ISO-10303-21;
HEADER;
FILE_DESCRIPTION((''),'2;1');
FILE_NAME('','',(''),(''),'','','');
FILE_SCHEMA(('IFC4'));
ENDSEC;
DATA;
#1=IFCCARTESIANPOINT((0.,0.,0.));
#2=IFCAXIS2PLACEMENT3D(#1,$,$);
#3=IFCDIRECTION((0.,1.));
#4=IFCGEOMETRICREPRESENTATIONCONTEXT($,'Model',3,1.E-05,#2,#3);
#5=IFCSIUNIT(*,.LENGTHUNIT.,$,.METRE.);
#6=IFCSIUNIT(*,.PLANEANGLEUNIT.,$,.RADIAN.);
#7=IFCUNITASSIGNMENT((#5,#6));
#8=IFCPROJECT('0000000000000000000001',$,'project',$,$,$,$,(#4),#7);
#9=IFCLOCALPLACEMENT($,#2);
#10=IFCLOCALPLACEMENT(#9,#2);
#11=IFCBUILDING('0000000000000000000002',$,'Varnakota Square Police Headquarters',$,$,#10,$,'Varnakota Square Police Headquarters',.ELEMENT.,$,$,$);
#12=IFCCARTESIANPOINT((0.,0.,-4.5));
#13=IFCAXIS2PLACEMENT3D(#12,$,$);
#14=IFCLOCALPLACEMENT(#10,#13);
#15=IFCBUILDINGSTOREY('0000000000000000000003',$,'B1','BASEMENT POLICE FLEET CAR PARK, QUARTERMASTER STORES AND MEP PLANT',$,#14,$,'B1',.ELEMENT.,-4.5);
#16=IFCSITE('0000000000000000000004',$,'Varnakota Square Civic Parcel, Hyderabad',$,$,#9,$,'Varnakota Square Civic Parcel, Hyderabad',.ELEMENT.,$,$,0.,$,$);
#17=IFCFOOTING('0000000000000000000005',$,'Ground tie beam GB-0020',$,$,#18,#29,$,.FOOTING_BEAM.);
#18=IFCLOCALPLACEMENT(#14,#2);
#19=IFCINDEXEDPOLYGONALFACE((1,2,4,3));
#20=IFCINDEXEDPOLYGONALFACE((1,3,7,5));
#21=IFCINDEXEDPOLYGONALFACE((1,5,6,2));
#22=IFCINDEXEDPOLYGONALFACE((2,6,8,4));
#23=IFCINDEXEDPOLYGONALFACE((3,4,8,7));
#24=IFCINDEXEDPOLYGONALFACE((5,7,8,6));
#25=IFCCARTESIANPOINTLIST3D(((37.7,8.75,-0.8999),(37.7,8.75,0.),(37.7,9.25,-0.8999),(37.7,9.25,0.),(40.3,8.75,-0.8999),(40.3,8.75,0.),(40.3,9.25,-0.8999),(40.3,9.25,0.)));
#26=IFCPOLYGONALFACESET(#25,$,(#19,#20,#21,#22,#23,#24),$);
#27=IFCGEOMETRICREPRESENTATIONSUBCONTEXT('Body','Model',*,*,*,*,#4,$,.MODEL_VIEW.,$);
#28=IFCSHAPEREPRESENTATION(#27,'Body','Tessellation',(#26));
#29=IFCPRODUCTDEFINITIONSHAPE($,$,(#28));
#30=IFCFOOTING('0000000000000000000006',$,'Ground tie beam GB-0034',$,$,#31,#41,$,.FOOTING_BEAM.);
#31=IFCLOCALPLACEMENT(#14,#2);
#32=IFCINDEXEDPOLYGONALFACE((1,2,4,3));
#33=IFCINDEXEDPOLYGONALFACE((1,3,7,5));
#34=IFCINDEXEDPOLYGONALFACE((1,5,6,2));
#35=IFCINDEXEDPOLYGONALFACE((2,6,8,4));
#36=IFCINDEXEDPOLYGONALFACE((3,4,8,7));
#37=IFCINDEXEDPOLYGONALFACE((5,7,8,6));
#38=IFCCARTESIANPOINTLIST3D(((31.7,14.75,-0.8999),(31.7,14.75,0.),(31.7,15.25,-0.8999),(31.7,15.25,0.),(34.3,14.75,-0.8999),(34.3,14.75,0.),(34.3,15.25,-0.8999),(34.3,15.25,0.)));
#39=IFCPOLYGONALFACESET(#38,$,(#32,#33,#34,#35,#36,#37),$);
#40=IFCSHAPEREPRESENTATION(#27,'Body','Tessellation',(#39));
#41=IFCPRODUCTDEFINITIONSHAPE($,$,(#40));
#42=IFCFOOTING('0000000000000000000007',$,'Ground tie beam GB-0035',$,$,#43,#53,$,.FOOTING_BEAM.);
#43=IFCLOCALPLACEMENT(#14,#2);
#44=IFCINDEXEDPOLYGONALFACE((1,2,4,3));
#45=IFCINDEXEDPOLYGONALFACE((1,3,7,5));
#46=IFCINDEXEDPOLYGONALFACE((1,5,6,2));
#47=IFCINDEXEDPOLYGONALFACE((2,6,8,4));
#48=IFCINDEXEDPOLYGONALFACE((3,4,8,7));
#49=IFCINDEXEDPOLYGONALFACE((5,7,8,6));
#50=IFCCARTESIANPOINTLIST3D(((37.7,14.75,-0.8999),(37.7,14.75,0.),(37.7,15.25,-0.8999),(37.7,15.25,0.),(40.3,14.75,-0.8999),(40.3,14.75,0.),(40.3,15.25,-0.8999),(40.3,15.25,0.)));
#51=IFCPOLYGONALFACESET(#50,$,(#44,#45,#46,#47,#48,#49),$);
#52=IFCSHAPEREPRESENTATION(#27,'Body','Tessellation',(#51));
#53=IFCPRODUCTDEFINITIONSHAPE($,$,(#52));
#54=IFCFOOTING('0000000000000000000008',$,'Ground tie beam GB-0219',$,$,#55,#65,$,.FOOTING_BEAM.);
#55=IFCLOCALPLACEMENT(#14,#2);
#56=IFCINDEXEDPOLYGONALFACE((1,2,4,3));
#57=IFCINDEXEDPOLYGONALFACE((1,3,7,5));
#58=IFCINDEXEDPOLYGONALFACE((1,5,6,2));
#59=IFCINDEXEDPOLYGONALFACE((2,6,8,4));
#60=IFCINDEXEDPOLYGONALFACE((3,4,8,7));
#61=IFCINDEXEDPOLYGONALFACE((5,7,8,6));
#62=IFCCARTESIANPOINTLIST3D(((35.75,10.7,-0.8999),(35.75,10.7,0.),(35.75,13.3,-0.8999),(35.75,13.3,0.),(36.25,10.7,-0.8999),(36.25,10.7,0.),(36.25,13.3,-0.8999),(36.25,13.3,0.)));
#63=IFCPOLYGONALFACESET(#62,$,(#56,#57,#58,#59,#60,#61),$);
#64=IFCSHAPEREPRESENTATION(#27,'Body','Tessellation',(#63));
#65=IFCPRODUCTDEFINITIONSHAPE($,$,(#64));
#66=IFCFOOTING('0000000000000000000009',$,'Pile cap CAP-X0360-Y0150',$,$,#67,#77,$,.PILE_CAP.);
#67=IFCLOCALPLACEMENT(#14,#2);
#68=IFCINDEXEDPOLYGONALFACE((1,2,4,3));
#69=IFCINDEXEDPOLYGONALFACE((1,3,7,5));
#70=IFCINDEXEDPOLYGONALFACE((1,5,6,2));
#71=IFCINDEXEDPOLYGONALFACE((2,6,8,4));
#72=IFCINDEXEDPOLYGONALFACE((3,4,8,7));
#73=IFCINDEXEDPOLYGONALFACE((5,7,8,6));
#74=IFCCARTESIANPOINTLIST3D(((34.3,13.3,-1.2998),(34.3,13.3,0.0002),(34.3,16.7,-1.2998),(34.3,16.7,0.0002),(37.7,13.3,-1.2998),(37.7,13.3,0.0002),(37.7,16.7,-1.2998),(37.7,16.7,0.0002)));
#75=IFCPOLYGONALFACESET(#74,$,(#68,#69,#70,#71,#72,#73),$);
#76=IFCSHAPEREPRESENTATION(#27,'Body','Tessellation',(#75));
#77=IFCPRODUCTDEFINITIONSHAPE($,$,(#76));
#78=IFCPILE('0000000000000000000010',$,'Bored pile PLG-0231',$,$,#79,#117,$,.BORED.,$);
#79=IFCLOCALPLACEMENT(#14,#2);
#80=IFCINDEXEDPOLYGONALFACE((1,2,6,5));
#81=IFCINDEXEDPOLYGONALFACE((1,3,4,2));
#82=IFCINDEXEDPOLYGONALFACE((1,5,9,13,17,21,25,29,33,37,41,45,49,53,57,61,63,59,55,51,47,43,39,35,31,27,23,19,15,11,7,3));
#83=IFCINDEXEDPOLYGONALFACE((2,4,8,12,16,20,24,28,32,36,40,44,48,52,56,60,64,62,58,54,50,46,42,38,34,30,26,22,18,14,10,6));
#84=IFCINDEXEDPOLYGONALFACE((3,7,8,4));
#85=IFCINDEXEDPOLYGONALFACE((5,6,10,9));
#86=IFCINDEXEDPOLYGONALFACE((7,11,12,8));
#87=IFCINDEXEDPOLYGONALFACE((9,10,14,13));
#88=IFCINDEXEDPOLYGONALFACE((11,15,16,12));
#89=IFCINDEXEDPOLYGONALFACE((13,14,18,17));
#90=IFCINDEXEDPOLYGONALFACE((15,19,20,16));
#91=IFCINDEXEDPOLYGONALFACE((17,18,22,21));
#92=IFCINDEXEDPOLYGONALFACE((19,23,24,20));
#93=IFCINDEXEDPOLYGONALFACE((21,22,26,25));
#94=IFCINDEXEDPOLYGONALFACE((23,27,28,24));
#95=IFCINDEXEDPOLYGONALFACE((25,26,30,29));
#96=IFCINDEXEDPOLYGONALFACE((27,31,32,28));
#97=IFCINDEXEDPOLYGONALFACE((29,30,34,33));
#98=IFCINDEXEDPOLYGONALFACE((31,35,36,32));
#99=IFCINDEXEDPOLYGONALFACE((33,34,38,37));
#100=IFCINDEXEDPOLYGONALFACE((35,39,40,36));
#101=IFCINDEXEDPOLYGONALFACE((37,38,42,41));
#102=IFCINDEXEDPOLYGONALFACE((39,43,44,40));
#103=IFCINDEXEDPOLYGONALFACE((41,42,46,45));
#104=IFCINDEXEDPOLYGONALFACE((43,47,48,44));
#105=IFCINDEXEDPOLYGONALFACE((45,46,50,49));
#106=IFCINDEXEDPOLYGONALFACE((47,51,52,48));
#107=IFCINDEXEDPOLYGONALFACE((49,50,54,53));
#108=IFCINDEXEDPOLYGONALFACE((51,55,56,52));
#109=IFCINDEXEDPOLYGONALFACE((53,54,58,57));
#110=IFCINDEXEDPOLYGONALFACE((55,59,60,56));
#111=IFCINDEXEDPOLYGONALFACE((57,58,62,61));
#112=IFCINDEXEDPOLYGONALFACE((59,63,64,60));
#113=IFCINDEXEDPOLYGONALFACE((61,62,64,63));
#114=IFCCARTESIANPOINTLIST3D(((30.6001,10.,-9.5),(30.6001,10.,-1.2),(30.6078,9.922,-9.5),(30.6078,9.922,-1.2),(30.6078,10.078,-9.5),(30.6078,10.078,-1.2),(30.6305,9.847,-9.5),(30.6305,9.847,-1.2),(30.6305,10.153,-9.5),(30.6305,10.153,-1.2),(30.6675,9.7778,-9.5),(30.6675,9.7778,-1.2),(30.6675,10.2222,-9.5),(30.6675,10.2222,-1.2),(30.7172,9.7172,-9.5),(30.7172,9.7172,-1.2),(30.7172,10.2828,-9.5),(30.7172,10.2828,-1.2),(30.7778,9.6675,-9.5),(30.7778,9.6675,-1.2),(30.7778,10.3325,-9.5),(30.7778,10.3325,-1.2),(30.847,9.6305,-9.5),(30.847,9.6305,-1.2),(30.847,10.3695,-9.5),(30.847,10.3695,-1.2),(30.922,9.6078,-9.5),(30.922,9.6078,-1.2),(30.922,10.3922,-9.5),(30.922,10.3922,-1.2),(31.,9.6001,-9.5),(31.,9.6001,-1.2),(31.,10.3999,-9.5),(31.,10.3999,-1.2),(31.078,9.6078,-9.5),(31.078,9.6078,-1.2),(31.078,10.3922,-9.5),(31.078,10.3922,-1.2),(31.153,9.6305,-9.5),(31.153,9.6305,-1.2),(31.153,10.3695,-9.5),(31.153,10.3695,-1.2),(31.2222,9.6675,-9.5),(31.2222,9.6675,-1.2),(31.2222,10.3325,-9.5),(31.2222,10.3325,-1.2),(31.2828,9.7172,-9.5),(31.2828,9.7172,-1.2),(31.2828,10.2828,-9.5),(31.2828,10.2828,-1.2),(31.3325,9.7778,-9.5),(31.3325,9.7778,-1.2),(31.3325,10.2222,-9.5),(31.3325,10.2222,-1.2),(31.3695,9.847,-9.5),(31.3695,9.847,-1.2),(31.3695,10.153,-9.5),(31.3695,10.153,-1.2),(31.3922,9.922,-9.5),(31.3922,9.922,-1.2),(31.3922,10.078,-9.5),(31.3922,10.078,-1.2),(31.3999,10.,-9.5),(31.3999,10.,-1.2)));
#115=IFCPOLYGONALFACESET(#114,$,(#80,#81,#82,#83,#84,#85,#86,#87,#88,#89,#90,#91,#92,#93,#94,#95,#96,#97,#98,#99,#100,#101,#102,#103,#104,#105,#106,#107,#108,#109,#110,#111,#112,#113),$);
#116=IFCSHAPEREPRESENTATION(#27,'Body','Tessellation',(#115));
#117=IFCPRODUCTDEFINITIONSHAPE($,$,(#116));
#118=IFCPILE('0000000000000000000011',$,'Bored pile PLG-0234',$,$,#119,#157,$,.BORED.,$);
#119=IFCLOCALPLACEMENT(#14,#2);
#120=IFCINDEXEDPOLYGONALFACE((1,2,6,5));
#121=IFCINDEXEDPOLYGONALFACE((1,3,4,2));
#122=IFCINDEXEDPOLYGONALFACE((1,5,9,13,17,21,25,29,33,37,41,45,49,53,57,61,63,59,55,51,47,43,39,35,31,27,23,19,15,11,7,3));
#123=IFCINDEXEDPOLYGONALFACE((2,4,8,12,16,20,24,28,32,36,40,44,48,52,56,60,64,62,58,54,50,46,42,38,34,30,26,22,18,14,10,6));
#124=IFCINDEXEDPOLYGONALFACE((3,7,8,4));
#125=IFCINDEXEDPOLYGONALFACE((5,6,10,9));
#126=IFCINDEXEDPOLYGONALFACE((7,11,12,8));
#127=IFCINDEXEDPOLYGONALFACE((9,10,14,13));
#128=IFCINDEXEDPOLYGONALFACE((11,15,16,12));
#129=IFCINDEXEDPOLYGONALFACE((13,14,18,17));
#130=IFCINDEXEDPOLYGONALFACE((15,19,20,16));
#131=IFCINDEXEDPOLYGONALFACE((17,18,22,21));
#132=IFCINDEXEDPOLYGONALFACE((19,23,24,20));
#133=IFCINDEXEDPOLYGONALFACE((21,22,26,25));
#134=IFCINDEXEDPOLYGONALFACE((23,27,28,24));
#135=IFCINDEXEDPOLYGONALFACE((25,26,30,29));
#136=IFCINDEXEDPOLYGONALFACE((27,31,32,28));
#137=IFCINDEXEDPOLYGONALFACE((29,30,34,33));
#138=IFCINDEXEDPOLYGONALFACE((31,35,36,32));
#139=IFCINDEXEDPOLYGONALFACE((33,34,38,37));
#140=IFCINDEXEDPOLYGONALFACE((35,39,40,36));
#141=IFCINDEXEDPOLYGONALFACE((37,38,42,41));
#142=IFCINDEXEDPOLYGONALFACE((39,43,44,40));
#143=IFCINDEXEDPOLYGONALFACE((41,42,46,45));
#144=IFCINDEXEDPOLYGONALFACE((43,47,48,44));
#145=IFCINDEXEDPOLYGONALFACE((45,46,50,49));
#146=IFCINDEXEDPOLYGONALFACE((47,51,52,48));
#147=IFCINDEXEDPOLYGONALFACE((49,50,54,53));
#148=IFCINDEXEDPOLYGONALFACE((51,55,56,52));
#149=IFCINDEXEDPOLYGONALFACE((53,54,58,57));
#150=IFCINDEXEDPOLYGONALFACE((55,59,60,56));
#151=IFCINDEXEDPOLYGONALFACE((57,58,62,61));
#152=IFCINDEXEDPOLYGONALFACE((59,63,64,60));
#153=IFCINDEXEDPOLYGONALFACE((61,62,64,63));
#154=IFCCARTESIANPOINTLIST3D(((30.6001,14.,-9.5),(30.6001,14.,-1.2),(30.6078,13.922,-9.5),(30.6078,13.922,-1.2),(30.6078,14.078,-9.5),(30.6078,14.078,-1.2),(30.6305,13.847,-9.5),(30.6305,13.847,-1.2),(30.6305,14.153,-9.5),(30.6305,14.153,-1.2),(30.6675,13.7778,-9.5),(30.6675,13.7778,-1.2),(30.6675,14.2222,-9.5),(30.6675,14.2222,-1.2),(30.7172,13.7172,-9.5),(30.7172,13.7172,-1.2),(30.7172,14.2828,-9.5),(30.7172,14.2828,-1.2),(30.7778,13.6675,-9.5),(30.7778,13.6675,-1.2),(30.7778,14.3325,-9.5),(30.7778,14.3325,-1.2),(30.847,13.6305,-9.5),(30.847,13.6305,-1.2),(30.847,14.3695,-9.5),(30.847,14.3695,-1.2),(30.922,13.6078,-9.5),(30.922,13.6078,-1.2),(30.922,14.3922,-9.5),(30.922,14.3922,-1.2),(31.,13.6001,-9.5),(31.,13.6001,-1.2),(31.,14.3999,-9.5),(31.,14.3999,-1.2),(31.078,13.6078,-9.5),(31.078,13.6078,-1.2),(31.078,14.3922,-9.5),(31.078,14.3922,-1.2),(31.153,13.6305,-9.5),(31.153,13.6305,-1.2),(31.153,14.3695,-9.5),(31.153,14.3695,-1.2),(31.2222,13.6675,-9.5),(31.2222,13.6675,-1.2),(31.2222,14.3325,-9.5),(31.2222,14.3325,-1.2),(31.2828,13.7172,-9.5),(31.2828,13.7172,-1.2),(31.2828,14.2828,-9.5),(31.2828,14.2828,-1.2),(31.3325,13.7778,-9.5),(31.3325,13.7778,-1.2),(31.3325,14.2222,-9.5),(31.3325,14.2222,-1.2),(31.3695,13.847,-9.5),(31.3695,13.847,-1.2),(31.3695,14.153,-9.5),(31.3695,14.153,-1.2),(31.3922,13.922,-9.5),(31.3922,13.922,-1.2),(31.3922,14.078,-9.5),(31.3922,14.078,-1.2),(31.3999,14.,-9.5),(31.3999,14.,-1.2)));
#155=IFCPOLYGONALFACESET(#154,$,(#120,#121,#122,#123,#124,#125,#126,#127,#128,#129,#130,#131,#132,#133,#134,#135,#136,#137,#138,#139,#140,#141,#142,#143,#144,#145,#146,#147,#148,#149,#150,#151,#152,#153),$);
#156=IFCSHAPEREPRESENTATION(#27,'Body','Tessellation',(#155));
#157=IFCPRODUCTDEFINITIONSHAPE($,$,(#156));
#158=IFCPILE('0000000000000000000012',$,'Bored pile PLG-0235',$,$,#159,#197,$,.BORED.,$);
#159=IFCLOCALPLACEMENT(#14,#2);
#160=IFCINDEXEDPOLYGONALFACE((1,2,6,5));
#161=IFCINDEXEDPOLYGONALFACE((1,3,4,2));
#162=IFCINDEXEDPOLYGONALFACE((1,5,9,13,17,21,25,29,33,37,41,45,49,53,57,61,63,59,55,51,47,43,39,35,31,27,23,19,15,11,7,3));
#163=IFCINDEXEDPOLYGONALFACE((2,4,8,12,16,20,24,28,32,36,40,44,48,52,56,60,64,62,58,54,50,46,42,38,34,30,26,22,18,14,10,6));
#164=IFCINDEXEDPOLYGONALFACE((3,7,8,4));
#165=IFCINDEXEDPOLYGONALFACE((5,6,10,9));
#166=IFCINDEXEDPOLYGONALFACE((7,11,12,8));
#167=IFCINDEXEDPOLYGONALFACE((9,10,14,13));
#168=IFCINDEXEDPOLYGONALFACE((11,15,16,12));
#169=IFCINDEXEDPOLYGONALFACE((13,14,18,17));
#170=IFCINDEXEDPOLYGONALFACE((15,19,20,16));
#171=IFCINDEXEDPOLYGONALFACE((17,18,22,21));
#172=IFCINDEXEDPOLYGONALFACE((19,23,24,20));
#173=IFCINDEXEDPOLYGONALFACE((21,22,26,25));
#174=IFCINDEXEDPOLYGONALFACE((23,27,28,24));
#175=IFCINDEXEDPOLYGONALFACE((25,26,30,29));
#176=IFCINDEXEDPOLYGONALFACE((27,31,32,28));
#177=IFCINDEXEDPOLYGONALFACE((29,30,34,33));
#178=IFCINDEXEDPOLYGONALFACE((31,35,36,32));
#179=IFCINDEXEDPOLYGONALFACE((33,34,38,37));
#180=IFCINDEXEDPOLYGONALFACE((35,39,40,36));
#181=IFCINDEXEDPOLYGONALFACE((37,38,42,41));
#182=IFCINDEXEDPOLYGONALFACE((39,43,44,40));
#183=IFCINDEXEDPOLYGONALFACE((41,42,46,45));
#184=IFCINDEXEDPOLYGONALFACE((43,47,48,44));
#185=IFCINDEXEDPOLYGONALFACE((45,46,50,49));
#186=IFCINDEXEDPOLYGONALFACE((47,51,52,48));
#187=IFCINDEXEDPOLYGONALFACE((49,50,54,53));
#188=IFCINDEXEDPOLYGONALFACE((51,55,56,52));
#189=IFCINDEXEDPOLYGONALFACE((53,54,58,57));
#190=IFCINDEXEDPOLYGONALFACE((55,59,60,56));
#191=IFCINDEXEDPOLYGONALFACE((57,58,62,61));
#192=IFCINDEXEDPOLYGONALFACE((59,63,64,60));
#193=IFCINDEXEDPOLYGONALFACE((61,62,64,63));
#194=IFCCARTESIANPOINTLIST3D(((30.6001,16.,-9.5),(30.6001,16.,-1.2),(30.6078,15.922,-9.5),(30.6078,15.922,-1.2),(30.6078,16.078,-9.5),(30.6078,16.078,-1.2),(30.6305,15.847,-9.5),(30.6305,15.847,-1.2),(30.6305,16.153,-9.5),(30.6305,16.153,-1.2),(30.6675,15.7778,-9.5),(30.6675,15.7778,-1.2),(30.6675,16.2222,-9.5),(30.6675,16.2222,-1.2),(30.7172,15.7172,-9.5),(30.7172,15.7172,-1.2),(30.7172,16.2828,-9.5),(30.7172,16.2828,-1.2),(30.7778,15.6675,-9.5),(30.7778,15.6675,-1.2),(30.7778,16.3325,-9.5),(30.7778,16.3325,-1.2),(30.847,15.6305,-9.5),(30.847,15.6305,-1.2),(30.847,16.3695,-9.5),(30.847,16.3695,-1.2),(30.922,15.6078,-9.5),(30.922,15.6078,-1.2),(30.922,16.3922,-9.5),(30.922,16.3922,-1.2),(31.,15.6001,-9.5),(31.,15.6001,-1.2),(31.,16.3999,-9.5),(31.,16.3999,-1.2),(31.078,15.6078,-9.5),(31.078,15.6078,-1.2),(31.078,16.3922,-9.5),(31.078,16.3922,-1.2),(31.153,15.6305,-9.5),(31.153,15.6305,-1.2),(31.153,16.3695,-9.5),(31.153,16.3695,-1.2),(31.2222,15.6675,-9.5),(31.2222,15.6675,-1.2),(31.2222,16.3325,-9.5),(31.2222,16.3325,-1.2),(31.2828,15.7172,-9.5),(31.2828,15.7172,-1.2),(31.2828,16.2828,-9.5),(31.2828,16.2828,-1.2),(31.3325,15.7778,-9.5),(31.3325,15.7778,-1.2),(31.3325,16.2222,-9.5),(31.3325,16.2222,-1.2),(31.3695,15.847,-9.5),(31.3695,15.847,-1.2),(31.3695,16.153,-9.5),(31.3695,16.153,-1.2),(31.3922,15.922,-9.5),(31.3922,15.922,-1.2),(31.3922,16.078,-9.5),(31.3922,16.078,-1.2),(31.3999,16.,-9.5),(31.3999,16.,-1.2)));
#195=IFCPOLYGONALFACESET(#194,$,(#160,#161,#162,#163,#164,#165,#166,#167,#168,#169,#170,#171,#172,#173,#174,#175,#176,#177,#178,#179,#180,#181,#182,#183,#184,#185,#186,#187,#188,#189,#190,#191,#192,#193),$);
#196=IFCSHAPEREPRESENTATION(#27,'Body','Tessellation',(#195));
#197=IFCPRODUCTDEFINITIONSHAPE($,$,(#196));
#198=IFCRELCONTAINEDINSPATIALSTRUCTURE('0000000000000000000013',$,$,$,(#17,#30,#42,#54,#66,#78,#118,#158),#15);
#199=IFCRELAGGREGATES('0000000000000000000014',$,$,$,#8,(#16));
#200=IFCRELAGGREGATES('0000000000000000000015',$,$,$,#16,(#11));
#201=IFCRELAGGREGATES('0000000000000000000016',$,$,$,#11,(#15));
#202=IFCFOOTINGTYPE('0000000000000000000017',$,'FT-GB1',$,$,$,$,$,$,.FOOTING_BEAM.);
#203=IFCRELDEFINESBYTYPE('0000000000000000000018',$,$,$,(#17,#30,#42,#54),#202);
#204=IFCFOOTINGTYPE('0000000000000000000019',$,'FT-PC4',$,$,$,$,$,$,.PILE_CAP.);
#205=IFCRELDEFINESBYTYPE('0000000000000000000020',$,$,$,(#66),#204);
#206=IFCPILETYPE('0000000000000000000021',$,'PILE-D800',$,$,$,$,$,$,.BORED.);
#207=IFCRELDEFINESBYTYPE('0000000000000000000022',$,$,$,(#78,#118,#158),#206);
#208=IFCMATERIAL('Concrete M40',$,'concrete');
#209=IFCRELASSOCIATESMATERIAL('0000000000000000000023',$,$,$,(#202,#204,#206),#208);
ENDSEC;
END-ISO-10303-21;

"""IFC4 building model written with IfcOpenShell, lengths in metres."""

from ifc_helpers import new_model, si_unit, direction, frame, origin, origin_2d, place, context, subcontext, project, spatial, rectangle, circle, extrude, material, material_profile, profile_set, type_object, element, save


model = new_model("IFC4")

# Units and contexts
model_context = context("Model", 3, precision=1e-05, world=origin(), true_north=direction((0.0, 1.0)))
body_context = subcontext(model_context, "Body", "Model", "MODEL_VIEW")
ifc_project = project(units=[si_unit("LENGTHUNIT", "METRE"), si_unit("PLANEANGLEUNIT", "RADIAN")], contexts=[model_context])

# Site, building, storey
site_placement = place(None, origin())
site = spatial("IfcSite", under=ifc_project, at=site_placement, Name="Varnakota Square Civic Parcel, Hyderabad", LongName="Varnakota Square Civic Parcel, Hyderabad", CompositionType="ELEMENT", RefElevation=0.0)
building_placement = place(site_placement, origin())
building = spatial("IfcBuilding", under=site, at=building_placement, Name="Varnakota Square Police Headquarters", LongName="Varnakota Square Police Headquarters", CompositionType="ELEMENT")
storey_placement = place(building_placement, frame((0.0, 0.0, -4.5)))
storey = spatial("IfcBuildingStorey", under=building, at=storey_placement, Name="B1", Description="BASEMENT POLICE FLEET CAR PARK, QUARTERMASTER STORES AND MEP PLANT", LongName="B1", CompositionType="ELEMENT", Elevation=-4.5)

# Footings
ifc_material_1 = material(Name="Concrete M40", Category="concrete")
ifc_material_profile_1 = material_profile(ifc_material_1, rectangle(XDim=0.5, YDim=0.8999, at=origin_2d()), Name="GB 500x900")
ifc_profile_set_1 = profile_set([ifc_material_profile_1], Name="Concrete M40")
footing_type_1 = type_object("IfcFootingType", Name="FT-GB1", PredefinedType="FOOTING_BEAM", material=ifc_profile_set_1)
for number, where, z_axis, x_axis, name in (
    (1, (37.7, 9.0, -0.45), (1.0, 0.0, 0.0), (0.0, 1.0, 0.0), "Ground tie beam GB-0020"),
    (2, (31.7, 15.0, -0.45), (1.0, 0.0, 0.0), (0.0, 1.0, 0.0), "Ground tie beam GB-0034"),
    (3, (37.7, 15.0, -0.45), (1.0, 0.0, 0.0), (0.0, 1.0, 0.0), "Ground tie beam GB-0035"),
    (4, (36.0, 10.7, -0.45), (0.0, 1.0, 0.0), (-1.0, 0.0, 0.0), "Ground tie beam GB-0219"),
):
    element("IfcFooting", number, at=place(storey_placement, frame(where, z_axis=z_axis, x_axis=x_axis)), inside=storey, type_object=footing_type_1, Name=name, PredefinedType="FOOTING_BEAM", context=body_context, shape_type="SweptSolid", body=[
        extrude(rectangle(XDim=0.5, YDim=0.8999, at=origin_2d()), origin(), (0.0, 0.0, 1.0), 2.6001),
    ])
footing_type_2 = type_object("IfcFootingType", Name="FT-PC4", PredefinedType="PILE_CAP", material=ifc_material_1)
footing_placement = place(storey_placement, frame((36.0, 15.0, -1.2998), z_axis=(0.0, 0.0, 1.0), x_axis=(1.0, 0.0, 0.0)))
element("IfcFooting", 5, at=footing_placement, inside=storey, type_object=footing_type_2, Name="Pile cap CAP-X0360-Y0150", PredefinedType="PILE_CAP", context=body_context, shape_type="SweptSolid", body=[
    extrude(rectangle(XDim=3.3999, YDim=3.3999, at=origin_2d()), origin(), (0.0, 0.0, 1.0), 1.3),
])

# Piles
ifc_material_profile_2 = material_profile(ifc_material_1, circle(Radius=0.3999, at=origin_2d()), Name="BORED PILE 800")
ifc_profile_set_2 = profile_set([ifc_material_profile_2], Name="Concrete M40")
pile_type = type_object("IfcPileType", Name="PILE-D800", PredefinedType="BORED", material=ifc_profile_set_2)
for number, where, z_axis, x_axis, name in (
    (6, (31.0, 10.0, -1.2), (0.0, 0.0, -1.0), (1.0, 0.0, 0.0), "Bored pile PLG-0231"),
    (7, (31.0, 14.0, -1.2), (0.0, 0.0, -1.0), (1.0, 0.0, 0.0), "Bored pile PLG-0234"),
    (8, (31.0, 16.0, -1.2), (0.0, 0.0, -1.0), (1.0, 0.0, 0.0), "Bored pile PLG-0235"),
):
    element("IfcPile", number, at=place(storey_placement, frame(where, z_axis=z_axis, x_axis=x_axis)), inside=storey, type_object=pile_type, Name=name, PredefinedType="BORED", context=body_context, shape_type="SweptSolid", body=[
        extrude(circle(Radius=0.3999, at=origin_2d()), origin(), (0.0, 0.0, 1.0), 8.3),
    ])

save(model, "model.ifc")
